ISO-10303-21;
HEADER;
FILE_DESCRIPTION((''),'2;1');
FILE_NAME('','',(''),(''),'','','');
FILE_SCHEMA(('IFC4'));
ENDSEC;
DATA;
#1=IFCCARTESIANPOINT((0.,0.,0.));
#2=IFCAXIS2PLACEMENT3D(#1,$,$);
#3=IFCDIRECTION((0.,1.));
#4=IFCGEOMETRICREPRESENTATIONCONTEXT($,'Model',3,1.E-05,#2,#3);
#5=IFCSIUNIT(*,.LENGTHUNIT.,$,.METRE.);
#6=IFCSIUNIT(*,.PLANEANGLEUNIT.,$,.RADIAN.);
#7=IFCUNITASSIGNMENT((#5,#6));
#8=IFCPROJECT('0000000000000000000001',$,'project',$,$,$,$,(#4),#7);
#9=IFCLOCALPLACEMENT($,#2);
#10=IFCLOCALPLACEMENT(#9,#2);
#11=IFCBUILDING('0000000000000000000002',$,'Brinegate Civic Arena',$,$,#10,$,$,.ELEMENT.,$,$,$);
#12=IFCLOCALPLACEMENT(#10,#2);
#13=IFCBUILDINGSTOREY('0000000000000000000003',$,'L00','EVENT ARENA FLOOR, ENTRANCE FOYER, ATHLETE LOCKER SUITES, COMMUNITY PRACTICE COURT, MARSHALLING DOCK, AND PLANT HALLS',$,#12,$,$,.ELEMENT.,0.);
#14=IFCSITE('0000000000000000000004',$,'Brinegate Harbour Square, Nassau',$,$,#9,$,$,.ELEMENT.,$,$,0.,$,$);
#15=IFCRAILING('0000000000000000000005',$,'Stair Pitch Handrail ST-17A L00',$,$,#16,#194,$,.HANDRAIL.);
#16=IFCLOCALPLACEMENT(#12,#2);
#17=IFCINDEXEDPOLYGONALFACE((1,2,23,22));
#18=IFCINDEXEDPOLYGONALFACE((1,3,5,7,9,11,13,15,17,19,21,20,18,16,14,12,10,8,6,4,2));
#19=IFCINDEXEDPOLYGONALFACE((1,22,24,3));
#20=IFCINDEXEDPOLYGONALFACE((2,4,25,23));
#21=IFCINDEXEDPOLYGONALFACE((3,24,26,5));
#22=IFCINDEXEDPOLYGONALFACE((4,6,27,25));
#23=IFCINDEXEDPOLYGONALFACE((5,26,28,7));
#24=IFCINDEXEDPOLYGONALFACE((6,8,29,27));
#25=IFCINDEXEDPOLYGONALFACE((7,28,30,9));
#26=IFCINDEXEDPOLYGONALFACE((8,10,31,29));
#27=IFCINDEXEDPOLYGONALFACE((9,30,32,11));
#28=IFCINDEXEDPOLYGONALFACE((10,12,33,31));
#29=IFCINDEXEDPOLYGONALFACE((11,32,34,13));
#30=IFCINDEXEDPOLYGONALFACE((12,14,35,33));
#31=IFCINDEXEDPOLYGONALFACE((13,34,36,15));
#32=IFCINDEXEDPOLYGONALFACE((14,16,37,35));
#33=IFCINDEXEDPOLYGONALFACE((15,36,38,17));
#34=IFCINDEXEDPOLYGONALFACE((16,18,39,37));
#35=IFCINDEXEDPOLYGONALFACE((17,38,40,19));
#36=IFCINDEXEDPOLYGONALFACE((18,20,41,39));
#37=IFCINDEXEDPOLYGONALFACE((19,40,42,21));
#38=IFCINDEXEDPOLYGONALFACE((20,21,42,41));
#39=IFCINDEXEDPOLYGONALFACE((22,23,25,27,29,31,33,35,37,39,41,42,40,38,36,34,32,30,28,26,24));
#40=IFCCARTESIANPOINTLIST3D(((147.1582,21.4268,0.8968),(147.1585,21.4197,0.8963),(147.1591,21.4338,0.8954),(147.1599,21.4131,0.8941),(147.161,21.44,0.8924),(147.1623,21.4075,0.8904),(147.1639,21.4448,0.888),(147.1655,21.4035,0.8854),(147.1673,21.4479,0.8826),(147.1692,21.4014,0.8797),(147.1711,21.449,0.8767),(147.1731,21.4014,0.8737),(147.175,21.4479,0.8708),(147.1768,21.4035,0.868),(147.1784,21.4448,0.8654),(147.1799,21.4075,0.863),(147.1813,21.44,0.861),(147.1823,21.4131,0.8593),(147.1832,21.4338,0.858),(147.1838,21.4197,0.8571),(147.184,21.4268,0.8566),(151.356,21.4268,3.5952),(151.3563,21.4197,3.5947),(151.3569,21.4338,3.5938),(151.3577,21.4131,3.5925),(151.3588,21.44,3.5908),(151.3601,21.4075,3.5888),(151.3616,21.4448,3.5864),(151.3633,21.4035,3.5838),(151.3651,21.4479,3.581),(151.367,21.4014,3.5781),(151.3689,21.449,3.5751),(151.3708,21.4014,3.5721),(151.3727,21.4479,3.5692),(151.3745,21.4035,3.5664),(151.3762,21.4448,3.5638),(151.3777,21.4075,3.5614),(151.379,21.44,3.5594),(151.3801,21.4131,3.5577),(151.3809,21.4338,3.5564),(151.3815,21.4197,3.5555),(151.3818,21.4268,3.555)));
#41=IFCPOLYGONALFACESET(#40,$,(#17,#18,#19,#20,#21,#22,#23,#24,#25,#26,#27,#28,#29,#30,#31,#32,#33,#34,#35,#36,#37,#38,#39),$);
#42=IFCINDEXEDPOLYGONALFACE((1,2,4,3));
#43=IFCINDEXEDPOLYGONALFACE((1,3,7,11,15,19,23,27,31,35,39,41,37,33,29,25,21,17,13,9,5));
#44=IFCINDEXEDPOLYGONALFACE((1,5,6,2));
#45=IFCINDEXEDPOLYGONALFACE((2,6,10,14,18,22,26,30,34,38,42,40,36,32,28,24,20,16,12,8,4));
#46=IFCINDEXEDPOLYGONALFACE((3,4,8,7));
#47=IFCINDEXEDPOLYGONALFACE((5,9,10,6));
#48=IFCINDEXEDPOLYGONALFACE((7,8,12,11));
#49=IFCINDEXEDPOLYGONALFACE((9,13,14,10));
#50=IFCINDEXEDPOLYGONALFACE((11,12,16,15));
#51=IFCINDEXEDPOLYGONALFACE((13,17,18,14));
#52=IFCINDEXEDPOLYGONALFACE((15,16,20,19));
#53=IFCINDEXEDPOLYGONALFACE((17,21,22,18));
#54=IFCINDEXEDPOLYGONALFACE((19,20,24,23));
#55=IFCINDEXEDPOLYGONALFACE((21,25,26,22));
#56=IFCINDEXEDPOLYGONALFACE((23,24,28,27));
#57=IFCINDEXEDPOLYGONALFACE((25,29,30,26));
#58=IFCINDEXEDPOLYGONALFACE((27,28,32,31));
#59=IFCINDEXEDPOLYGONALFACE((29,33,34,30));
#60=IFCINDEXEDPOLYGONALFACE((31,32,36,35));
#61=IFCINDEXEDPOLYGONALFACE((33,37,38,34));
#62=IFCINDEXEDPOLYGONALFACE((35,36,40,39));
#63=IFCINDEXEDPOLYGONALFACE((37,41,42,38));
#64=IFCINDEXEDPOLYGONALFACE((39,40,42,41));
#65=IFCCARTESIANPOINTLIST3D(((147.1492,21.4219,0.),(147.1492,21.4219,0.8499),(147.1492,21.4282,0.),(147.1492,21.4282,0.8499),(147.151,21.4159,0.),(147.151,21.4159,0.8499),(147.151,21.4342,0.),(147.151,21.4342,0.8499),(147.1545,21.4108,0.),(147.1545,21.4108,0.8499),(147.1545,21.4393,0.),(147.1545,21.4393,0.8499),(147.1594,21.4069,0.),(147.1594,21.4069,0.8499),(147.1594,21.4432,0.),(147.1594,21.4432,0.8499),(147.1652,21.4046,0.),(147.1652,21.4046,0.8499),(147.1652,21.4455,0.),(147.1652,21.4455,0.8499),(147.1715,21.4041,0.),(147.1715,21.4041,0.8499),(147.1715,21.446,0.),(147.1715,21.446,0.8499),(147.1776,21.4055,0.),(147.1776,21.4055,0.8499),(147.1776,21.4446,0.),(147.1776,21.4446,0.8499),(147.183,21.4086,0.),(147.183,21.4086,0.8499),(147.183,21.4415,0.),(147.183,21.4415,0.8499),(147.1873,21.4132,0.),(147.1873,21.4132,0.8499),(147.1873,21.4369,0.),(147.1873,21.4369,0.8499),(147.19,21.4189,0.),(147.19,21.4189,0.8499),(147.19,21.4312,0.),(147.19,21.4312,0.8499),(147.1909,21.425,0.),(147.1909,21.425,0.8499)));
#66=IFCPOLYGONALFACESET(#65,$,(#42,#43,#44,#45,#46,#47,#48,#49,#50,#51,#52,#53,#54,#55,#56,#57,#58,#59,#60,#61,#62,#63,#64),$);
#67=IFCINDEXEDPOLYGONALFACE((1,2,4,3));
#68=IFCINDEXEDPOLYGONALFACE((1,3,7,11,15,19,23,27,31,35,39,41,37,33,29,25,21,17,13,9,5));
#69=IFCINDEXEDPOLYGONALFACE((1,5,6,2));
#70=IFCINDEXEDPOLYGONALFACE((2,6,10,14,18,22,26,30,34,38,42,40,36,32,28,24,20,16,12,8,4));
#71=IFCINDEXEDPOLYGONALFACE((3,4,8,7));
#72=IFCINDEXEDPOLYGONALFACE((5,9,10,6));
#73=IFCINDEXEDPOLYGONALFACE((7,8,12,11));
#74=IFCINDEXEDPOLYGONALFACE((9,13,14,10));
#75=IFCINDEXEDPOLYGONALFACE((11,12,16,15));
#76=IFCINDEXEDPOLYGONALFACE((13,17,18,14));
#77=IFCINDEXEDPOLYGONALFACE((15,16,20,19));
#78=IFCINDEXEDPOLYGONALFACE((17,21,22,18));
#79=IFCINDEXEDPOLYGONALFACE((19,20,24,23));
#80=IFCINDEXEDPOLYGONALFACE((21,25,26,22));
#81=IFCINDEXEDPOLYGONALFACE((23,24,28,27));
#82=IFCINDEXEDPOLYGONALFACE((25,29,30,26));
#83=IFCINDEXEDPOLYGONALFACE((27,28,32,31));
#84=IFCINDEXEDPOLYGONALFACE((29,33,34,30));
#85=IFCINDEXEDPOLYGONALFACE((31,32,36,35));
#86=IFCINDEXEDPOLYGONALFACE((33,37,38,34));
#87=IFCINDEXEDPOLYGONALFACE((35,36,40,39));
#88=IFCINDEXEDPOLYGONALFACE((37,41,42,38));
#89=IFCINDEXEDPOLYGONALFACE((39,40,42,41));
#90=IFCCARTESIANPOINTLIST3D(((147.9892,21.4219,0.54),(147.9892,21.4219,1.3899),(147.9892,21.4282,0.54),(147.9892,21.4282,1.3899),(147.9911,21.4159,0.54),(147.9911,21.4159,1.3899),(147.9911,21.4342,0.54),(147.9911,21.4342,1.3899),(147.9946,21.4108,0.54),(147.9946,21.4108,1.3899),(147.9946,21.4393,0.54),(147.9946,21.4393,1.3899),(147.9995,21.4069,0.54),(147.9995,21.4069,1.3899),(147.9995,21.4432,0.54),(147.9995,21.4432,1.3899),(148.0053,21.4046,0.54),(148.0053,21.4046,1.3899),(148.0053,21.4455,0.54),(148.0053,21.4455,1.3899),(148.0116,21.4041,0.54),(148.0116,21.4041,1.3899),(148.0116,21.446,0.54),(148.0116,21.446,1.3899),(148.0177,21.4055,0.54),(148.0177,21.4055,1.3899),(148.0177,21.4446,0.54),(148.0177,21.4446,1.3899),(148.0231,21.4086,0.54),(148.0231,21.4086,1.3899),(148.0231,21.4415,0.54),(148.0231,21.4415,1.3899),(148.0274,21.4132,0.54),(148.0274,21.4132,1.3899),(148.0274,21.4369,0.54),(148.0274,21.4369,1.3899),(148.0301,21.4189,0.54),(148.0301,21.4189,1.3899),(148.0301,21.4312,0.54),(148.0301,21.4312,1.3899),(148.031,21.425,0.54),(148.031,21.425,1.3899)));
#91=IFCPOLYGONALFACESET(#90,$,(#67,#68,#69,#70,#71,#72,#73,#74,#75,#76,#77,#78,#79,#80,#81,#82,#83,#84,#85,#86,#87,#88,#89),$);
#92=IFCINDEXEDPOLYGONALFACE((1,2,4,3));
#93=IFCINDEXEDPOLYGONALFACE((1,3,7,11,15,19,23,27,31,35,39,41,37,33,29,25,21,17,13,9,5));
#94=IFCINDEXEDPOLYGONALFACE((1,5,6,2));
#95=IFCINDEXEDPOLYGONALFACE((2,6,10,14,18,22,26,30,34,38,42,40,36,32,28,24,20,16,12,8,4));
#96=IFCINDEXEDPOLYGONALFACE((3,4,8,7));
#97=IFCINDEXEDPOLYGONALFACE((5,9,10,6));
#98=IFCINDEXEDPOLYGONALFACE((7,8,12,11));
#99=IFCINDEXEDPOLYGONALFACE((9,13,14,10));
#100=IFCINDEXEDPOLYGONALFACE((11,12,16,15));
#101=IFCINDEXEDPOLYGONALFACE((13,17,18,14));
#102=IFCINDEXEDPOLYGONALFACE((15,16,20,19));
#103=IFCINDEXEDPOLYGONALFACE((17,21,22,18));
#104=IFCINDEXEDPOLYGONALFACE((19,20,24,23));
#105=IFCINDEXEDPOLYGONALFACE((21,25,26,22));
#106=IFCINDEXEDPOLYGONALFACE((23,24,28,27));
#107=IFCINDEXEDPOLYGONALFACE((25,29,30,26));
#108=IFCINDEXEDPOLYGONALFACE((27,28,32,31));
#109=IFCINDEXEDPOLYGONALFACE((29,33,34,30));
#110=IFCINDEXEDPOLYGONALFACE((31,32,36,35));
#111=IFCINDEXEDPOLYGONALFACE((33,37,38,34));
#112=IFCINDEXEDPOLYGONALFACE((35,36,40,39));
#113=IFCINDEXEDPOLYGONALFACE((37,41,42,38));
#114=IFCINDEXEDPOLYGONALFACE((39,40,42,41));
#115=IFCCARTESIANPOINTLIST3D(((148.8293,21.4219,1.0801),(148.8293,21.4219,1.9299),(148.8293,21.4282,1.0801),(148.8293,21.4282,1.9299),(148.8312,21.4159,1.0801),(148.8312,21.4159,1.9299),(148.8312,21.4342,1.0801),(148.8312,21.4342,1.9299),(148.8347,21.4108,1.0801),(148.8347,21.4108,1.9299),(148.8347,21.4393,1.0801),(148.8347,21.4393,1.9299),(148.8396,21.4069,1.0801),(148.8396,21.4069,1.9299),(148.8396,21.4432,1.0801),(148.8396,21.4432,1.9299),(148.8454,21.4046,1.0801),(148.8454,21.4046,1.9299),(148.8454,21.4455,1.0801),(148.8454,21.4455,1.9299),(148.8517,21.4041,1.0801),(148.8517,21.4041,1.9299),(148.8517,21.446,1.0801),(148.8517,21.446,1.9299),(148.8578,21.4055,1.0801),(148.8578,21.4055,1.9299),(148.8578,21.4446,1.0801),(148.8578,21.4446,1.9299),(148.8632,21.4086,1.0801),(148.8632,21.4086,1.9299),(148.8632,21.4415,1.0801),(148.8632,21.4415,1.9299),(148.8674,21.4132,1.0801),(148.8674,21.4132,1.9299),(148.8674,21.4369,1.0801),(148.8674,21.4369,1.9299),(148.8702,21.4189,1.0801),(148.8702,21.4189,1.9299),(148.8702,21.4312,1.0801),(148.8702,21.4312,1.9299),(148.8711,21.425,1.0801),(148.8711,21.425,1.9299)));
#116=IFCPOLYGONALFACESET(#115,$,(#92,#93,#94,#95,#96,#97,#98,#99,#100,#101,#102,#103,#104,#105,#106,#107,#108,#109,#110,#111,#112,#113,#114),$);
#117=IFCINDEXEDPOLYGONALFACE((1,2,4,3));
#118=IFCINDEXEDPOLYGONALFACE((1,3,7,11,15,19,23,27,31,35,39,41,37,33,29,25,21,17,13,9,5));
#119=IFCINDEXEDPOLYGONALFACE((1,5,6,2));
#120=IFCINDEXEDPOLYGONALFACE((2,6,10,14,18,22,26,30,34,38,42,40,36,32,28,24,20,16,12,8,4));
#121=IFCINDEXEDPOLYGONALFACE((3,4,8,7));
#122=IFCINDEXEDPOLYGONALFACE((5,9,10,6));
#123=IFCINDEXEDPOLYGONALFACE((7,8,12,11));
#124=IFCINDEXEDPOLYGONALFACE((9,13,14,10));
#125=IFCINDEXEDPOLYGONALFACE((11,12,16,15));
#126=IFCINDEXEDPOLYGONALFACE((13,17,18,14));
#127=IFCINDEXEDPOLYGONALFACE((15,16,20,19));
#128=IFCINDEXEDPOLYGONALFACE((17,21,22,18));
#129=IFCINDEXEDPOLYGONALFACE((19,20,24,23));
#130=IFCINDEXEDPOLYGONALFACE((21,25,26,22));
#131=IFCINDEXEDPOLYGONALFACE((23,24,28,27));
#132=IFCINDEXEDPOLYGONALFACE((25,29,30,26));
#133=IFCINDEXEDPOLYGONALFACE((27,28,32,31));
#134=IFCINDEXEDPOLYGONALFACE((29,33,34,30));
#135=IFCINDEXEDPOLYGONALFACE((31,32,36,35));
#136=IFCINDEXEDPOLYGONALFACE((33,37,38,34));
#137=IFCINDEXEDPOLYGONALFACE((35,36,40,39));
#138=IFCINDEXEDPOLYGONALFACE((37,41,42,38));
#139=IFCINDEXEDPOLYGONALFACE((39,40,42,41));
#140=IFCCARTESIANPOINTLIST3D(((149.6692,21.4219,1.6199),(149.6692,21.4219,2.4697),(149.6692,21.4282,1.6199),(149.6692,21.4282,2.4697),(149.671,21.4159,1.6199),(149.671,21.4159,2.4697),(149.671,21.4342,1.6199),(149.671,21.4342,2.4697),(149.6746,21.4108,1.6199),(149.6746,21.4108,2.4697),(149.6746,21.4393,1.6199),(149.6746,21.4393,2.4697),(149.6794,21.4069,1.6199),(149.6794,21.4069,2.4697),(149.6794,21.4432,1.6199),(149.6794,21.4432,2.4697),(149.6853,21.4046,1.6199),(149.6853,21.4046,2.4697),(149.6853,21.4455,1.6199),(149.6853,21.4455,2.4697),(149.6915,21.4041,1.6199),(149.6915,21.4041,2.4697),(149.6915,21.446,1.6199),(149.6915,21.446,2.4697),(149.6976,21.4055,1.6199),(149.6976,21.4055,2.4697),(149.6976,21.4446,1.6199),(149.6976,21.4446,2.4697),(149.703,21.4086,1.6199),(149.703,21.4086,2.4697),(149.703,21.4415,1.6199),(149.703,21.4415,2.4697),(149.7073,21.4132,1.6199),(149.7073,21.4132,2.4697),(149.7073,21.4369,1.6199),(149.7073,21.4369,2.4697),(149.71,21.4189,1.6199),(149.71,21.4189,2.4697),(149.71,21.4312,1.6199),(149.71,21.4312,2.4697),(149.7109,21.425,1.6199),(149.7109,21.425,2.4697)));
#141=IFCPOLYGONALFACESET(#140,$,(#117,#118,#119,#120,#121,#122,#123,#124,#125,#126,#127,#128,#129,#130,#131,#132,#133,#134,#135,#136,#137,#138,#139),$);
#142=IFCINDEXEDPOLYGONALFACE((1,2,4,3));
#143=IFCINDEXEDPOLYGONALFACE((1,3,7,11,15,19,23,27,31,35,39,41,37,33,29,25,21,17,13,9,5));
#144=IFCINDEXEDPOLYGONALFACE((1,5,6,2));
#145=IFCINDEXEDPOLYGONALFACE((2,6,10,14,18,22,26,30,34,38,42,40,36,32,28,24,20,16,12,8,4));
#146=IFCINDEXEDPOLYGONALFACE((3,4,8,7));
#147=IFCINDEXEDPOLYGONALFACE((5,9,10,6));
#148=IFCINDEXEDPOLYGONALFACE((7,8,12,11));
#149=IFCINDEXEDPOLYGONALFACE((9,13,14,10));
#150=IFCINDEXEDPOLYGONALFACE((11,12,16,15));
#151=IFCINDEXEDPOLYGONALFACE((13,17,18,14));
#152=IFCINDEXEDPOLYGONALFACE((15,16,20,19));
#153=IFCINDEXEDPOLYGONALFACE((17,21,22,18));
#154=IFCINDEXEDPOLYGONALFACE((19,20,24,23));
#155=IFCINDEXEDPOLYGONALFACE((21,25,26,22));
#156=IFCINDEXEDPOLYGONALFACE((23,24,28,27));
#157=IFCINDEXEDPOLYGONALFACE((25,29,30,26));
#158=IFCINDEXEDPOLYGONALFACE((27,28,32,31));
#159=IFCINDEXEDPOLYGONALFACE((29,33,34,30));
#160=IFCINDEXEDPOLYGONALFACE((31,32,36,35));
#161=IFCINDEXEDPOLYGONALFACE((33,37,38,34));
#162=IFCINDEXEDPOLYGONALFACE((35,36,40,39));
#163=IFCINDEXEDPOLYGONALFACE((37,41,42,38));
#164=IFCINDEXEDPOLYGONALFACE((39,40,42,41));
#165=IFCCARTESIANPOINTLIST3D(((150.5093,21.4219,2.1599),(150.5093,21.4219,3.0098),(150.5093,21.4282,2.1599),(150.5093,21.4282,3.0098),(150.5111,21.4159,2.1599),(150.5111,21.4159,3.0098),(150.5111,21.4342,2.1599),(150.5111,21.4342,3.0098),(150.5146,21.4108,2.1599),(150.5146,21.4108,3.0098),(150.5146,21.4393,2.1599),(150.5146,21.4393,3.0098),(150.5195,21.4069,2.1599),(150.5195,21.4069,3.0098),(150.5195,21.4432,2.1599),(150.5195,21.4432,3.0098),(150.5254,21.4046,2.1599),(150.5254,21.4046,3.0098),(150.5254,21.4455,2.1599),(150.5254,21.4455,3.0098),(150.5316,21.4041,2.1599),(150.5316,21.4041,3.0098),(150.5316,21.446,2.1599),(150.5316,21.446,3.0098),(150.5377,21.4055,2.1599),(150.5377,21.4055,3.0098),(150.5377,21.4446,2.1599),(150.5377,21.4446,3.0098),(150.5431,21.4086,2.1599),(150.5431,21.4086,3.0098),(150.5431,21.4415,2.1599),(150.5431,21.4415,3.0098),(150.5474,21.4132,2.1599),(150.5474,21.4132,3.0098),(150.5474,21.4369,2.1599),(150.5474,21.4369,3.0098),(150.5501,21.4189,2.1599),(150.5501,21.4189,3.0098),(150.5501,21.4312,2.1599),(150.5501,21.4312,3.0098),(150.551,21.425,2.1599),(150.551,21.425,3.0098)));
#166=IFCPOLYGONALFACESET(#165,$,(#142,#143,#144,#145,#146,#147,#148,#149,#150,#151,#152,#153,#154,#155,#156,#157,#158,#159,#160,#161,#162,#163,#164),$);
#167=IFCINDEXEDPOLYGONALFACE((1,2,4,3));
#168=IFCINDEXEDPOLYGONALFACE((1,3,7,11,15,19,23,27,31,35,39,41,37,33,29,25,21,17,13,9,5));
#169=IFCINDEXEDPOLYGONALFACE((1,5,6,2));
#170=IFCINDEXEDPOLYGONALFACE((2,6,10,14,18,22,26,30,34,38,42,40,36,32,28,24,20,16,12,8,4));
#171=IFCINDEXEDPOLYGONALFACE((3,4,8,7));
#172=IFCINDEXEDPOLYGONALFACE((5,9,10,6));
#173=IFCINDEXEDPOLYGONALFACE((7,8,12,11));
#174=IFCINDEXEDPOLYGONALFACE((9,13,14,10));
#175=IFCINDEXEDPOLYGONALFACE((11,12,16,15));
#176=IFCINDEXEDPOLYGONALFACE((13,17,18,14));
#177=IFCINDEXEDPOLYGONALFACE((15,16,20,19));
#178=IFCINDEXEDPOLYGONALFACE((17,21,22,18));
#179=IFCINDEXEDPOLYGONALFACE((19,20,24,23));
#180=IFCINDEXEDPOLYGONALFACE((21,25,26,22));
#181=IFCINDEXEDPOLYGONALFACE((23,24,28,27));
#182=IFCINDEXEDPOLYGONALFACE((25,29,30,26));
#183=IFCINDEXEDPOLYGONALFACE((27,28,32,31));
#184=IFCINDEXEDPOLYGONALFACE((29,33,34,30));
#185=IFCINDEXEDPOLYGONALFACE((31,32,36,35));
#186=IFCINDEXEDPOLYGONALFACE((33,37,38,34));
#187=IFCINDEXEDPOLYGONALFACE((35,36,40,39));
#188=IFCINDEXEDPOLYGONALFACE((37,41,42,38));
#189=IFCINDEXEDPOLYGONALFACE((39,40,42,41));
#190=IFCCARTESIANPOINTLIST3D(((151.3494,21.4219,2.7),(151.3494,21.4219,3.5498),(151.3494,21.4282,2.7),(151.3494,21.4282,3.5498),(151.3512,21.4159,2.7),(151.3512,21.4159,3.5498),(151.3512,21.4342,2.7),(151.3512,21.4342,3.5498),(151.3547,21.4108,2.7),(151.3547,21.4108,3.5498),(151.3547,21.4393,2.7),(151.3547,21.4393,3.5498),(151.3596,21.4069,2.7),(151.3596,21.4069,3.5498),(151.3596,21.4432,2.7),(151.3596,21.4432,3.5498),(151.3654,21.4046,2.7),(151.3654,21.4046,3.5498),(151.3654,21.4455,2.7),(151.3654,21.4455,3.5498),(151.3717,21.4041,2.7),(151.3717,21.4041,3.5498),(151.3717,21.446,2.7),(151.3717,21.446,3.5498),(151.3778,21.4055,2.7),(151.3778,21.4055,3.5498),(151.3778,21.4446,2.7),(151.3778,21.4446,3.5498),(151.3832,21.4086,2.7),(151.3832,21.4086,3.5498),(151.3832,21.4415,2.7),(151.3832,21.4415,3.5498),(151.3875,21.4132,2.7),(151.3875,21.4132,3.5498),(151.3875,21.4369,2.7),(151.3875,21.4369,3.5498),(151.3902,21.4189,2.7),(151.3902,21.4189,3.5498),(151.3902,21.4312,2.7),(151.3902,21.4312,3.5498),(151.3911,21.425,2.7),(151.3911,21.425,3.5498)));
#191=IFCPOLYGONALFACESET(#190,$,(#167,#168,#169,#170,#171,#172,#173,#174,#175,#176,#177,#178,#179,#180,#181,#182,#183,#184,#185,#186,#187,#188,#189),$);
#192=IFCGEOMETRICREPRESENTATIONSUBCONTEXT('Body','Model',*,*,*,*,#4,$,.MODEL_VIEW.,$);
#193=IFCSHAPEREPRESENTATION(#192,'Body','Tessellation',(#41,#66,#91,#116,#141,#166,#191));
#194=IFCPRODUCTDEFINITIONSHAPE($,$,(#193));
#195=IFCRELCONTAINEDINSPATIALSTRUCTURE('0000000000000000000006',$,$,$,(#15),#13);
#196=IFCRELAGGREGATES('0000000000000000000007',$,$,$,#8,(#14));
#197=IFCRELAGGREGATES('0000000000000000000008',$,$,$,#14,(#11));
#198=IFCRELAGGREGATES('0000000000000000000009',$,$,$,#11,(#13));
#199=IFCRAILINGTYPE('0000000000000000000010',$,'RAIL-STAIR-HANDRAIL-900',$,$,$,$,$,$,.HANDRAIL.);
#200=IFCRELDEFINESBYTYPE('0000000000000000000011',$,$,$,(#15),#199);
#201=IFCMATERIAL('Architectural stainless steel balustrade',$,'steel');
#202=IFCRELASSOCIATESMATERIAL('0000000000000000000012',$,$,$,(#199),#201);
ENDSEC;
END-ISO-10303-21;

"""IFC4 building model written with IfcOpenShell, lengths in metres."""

from ifc_helpers import new_model, si_unit, direction, frame, origin, origin_2d, place, context, subcontext, project, spatial, circle, extrude, material, type_object, element, save


model = new_model("IFC4")

# Units and contexts
model_context = context("Model", 3, precision=1e-05, world=origin(), true_north=direction((0.0, 1.0)))
body_context = subcontext(model_context, "Body", "Model", "MODEL_VIEW")
ifc_project = project(units=[si_unit("LENGTHUNIT", "METRE"), si_unit("PLANEANGLEUNIT", "RADIAN")], contexts=[model_context])

# Site, building, storey
site_placement = place(None, origin())
site = spatial("IfcSite", under=ifc_project, at=site_placement, Name="Brinegate Harbour Square, Nassau", CompositionType="ELEMENT", RefElevation=0.0)
building_placement = place(site_placement, origin())
building = spatial("IfcBuilding", under=site, at=building_placement, Name="Brinegate Civic Arena", CompositionType="ELEMENT")
storey_placement = place(building_placement, origin())
storey = spatial("IfcBuildingStorey", under=building, at=storey_placement, Name="L00", Description="EVENT ARENA FLOOR, ENTRANCE FOYER, ATHLETE LOCKER SUITES, COMMUNITY PRACTICE COURT, MARSHALLING DOCK, AND PLANT HALLS", CompositionType="ELEMENT", Elevation=0.0)

# Railing
ifc_material_1 = material(Name="Architectural stainless steel balustrade", Category="steel")
railing_type = type_object("IfcRailingType", Name="RAIL-STAIR-HANDRAIL-900", PredefinedType="HANDRAIL", material=ifc_material_1)
for number, where, name in (
    (1, (147.1699, 21.425, 0.0), "Stair Pitch Handrail ST-17A L00"),
):
    element("IfcRailing", number, at=place(storey_placement, frame(where)), inside=storey, type_object=railing_type, Name=name, PredefinedType="HANDRAIL", context=body_context, shape_type="SweptSolid", body=[
        extrude(circle(Radius=0.0239, at=origin_2d()), frame((0.0012, 0.0, 0.8767), z_axis=(0.841194, 0.0, 0.540733), x_axis=(0.0, 1.0, 0.0)), (0.0, 0.0, 1.0), 4.9902),
        extrude(circle(Radius=0.021, at=origin_2d()), origin(), (0.0, 0.0, 1.0), 0.8499),
        extrude(circle(Radius=0.021, at=origin_2d()), frame((0.8401, 0.0, 0.54)), (0.0, 0.0, 1.0), 0.8499),
        extrude(circle(Radius=0.021, at=origin_2d()), frame((1.6802, 0.0, 1.0801)), (0.0, 0.0, 1.0), 0.8499),
        extrude(circle(Radius=0.021, at=origin_2d()), frame((2.52, 0.0, 1.6199)), (0.0, 0.0, 1.0), 0.8499),
        extrude(circle(Radius=0.021, at=origin_2d()), frame((3.3601, 0.0, 2.1599)), (0.0, 0.0, 1.0), 0.8499),
        extrude(circle(Radius=0.021, at=origin_2d()), frame((4.2002, 0.0, 2.7)), (0.0, 0.0, 1.0), 0.8499),
    ])

save(model, "model.ifc")
